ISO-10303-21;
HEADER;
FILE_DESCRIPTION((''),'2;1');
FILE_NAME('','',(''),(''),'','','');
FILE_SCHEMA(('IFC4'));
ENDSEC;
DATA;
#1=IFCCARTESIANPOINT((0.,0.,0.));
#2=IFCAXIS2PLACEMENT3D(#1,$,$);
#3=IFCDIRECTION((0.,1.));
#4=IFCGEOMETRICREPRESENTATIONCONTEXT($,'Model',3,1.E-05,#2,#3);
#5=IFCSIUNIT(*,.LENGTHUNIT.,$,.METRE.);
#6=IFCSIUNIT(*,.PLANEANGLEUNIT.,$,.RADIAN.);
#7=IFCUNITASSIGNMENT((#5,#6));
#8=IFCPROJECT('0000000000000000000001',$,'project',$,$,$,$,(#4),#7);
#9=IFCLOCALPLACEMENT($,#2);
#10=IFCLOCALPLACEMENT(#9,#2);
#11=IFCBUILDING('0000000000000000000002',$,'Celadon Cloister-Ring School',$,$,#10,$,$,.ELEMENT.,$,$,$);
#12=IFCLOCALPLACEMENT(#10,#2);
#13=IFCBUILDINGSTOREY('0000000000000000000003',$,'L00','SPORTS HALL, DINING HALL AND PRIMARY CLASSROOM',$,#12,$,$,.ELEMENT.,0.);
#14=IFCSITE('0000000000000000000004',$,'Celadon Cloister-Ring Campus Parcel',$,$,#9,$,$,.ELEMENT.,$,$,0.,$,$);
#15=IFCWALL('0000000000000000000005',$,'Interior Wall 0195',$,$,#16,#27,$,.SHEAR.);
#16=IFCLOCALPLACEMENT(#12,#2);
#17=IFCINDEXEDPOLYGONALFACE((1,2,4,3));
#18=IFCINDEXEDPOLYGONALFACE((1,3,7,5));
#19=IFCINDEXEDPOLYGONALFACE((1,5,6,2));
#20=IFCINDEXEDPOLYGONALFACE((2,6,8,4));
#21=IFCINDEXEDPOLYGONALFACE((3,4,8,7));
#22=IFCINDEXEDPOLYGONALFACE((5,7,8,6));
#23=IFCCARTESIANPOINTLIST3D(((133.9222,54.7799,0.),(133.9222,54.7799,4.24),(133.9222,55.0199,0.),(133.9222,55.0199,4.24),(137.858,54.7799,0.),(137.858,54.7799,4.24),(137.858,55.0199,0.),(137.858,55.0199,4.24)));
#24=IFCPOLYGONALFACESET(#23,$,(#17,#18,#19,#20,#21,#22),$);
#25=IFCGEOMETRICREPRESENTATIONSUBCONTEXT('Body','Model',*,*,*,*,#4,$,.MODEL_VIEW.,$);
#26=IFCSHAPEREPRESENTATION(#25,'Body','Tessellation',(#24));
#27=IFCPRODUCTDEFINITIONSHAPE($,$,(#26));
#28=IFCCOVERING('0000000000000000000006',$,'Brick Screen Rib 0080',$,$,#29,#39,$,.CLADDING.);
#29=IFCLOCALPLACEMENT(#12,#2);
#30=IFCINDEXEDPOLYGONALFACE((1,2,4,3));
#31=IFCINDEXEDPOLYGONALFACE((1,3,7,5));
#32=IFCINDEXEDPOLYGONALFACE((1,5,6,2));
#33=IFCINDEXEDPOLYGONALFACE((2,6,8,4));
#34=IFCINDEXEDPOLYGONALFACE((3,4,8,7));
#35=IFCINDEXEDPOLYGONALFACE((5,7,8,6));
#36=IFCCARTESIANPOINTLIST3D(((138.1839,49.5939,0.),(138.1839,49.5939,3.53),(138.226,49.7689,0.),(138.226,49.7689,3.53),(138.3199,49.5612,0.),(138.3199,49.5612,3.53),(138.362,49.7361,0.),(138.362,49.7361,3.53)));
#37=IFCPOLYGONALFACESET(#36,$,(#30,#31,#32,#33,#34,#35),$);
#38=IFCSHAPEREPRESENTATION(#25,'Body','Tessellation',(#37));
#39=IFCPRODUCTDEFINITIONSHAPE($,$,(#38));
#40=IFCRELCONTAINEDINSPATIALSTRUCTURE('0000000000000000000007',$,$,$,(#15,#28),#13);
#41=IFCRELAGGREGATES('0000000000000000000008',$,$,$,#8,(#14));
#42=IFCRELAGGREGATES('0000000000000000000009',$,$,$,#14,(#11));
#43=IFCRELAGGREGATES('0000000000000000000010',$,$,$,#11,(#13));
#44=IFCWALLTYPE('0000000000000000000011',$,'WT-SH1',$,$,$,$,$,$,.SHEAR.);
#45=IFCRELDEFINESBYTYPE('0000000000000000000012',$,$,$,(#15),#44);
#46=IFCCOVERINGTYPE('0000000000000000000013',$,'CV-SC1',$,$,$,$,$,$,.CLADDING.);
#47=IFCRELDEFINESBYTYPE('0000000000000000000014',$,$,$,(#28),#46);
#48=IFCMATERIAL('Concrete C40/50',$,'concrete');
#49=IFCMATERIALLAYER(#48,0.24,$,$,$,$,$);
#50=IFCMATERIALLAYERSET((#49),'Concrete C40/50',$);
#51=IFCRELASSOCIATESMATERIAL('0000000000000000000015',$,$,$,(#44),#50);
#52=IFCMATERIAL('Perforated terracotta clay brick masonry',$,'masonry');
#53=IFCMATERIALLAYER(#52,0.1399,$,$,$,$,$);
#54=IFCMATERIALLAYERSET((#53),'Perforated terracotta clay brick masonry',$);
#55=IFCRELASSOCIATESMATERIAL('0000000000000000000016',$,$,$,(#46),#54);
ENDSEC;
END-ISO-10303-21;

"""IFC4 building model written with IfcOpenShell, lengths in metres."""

from ifc_helpers import new_model, si_unit, direction, frame, frame_2d, origin, origin_2d, place, context, subcontext, project, spatial, rectangle, extrude, material, layer, layer_set, type_object, element, save


model = new_model("IFC4")

# Units and contexts
model_context = context("Model", 3, precision=1e-05, world=origin(), true_north=direction((0.0, 1.0)))
body_context = subcontext(model_context, "Body", "Model", "MODEL_VIEW")
ifc_project = project(units=[si_unit("LENGTHUNIT", "METRE"), si_unit("PLANEANGLEUNIT", "RADIAN")], contexts=[model_context])

# Site, building, storey
site_placement = place(None, origin())
site = spatial("IfcSite", under=ifc_project, at=site_placement, Name="Celadon Cloister-Ring Campus Parcel", CompositionType="ELEMENT", RefElevation=0.0)
building_placement = place(site_placement, origin())
building = spatial("IfcBuilding", under=site, at=building_placement, Name="Celadon Cloister-Ring School", CompositionType="ELEMENT")
storey_placement = place(building_placement, origin())
storey = spatial("IfcBuildingStorey", under=building, at=storey_placement, Name="L00", Description="SPORTS HALL, DINING HALL AND PRIMARY CLASSROOM", CompositionType="ELEMENT", Elevation=0.0)

# Shared definitions
ifc_material_1 = material(Name="Concrete C40/50", Category="concrete")
ifc_layer_1 = layer(ifc_material_1, 0.24)
ifc_layer_set_1 = layer_set([ifc_layer_1], Name="Concrete C40/50")
wall_type_1 = type_object("IfcWallType", Name="WT-SH1", PredefinedType="SHEAR", material=ifc_layer_set_1)

# Wall
wall_1_placement = place(storey_placement, frame((137.8579, 54.8999, 0.0), z_axis=(0.0, 0.0, 1.0), x_axis=(-1.0, 0.0, 0.0)))
element("IfcWall", 1, at=wall_1_placement, inside=storey, type_object=wall_type_1, Name="Interior Wall 0195", PredefinedType="SHEAR", context=body_context, shape_type="SweptSolid", body=[
    extrude(rectangle(XDim=3.9358, YDim=0.24, at=frame_2d((1.9678, 0.0))), origin(), (0.0, 0.0, 1.0), 4.24),
])

# Covering
ifc_material_2 = material(Name="Perforated terracotta clay brick masonry", Category="masonry")
ifc_layer_2 = layer(ifc_material_2, 0.1399)
ifc_layer_set_2 = layer_set([ifc_layer_2], Name="Perforated terracotta clay brick masonry")
covering_type = type_object("IfcCoveringType", Name="CV-SC1", PredefinedType="CLADDING", material=ifc_layer_set_2)
covering_placement = place(storey_placement, frame((138.2729, 49.665, 0.0), z_axis=(0.0, 0.0, 1.0), x_axis=(-0.233988, -0.972239, 0.0)))
element("IfcCovering", 2, at=covering_placement, inside=storey, type_object=covering_type, Name="Brick Screen Rib 0080", PredefinedType="CLADDING", context=body_context, shape_type="SweptSolid", body=[
    extrude(rectangle(XDim=0.1799, YDim=0.1399, at=origin_2d()), origin(), (0.0, 0.0, 1.0), 3.53),
])

save(model, "model.ifc")
